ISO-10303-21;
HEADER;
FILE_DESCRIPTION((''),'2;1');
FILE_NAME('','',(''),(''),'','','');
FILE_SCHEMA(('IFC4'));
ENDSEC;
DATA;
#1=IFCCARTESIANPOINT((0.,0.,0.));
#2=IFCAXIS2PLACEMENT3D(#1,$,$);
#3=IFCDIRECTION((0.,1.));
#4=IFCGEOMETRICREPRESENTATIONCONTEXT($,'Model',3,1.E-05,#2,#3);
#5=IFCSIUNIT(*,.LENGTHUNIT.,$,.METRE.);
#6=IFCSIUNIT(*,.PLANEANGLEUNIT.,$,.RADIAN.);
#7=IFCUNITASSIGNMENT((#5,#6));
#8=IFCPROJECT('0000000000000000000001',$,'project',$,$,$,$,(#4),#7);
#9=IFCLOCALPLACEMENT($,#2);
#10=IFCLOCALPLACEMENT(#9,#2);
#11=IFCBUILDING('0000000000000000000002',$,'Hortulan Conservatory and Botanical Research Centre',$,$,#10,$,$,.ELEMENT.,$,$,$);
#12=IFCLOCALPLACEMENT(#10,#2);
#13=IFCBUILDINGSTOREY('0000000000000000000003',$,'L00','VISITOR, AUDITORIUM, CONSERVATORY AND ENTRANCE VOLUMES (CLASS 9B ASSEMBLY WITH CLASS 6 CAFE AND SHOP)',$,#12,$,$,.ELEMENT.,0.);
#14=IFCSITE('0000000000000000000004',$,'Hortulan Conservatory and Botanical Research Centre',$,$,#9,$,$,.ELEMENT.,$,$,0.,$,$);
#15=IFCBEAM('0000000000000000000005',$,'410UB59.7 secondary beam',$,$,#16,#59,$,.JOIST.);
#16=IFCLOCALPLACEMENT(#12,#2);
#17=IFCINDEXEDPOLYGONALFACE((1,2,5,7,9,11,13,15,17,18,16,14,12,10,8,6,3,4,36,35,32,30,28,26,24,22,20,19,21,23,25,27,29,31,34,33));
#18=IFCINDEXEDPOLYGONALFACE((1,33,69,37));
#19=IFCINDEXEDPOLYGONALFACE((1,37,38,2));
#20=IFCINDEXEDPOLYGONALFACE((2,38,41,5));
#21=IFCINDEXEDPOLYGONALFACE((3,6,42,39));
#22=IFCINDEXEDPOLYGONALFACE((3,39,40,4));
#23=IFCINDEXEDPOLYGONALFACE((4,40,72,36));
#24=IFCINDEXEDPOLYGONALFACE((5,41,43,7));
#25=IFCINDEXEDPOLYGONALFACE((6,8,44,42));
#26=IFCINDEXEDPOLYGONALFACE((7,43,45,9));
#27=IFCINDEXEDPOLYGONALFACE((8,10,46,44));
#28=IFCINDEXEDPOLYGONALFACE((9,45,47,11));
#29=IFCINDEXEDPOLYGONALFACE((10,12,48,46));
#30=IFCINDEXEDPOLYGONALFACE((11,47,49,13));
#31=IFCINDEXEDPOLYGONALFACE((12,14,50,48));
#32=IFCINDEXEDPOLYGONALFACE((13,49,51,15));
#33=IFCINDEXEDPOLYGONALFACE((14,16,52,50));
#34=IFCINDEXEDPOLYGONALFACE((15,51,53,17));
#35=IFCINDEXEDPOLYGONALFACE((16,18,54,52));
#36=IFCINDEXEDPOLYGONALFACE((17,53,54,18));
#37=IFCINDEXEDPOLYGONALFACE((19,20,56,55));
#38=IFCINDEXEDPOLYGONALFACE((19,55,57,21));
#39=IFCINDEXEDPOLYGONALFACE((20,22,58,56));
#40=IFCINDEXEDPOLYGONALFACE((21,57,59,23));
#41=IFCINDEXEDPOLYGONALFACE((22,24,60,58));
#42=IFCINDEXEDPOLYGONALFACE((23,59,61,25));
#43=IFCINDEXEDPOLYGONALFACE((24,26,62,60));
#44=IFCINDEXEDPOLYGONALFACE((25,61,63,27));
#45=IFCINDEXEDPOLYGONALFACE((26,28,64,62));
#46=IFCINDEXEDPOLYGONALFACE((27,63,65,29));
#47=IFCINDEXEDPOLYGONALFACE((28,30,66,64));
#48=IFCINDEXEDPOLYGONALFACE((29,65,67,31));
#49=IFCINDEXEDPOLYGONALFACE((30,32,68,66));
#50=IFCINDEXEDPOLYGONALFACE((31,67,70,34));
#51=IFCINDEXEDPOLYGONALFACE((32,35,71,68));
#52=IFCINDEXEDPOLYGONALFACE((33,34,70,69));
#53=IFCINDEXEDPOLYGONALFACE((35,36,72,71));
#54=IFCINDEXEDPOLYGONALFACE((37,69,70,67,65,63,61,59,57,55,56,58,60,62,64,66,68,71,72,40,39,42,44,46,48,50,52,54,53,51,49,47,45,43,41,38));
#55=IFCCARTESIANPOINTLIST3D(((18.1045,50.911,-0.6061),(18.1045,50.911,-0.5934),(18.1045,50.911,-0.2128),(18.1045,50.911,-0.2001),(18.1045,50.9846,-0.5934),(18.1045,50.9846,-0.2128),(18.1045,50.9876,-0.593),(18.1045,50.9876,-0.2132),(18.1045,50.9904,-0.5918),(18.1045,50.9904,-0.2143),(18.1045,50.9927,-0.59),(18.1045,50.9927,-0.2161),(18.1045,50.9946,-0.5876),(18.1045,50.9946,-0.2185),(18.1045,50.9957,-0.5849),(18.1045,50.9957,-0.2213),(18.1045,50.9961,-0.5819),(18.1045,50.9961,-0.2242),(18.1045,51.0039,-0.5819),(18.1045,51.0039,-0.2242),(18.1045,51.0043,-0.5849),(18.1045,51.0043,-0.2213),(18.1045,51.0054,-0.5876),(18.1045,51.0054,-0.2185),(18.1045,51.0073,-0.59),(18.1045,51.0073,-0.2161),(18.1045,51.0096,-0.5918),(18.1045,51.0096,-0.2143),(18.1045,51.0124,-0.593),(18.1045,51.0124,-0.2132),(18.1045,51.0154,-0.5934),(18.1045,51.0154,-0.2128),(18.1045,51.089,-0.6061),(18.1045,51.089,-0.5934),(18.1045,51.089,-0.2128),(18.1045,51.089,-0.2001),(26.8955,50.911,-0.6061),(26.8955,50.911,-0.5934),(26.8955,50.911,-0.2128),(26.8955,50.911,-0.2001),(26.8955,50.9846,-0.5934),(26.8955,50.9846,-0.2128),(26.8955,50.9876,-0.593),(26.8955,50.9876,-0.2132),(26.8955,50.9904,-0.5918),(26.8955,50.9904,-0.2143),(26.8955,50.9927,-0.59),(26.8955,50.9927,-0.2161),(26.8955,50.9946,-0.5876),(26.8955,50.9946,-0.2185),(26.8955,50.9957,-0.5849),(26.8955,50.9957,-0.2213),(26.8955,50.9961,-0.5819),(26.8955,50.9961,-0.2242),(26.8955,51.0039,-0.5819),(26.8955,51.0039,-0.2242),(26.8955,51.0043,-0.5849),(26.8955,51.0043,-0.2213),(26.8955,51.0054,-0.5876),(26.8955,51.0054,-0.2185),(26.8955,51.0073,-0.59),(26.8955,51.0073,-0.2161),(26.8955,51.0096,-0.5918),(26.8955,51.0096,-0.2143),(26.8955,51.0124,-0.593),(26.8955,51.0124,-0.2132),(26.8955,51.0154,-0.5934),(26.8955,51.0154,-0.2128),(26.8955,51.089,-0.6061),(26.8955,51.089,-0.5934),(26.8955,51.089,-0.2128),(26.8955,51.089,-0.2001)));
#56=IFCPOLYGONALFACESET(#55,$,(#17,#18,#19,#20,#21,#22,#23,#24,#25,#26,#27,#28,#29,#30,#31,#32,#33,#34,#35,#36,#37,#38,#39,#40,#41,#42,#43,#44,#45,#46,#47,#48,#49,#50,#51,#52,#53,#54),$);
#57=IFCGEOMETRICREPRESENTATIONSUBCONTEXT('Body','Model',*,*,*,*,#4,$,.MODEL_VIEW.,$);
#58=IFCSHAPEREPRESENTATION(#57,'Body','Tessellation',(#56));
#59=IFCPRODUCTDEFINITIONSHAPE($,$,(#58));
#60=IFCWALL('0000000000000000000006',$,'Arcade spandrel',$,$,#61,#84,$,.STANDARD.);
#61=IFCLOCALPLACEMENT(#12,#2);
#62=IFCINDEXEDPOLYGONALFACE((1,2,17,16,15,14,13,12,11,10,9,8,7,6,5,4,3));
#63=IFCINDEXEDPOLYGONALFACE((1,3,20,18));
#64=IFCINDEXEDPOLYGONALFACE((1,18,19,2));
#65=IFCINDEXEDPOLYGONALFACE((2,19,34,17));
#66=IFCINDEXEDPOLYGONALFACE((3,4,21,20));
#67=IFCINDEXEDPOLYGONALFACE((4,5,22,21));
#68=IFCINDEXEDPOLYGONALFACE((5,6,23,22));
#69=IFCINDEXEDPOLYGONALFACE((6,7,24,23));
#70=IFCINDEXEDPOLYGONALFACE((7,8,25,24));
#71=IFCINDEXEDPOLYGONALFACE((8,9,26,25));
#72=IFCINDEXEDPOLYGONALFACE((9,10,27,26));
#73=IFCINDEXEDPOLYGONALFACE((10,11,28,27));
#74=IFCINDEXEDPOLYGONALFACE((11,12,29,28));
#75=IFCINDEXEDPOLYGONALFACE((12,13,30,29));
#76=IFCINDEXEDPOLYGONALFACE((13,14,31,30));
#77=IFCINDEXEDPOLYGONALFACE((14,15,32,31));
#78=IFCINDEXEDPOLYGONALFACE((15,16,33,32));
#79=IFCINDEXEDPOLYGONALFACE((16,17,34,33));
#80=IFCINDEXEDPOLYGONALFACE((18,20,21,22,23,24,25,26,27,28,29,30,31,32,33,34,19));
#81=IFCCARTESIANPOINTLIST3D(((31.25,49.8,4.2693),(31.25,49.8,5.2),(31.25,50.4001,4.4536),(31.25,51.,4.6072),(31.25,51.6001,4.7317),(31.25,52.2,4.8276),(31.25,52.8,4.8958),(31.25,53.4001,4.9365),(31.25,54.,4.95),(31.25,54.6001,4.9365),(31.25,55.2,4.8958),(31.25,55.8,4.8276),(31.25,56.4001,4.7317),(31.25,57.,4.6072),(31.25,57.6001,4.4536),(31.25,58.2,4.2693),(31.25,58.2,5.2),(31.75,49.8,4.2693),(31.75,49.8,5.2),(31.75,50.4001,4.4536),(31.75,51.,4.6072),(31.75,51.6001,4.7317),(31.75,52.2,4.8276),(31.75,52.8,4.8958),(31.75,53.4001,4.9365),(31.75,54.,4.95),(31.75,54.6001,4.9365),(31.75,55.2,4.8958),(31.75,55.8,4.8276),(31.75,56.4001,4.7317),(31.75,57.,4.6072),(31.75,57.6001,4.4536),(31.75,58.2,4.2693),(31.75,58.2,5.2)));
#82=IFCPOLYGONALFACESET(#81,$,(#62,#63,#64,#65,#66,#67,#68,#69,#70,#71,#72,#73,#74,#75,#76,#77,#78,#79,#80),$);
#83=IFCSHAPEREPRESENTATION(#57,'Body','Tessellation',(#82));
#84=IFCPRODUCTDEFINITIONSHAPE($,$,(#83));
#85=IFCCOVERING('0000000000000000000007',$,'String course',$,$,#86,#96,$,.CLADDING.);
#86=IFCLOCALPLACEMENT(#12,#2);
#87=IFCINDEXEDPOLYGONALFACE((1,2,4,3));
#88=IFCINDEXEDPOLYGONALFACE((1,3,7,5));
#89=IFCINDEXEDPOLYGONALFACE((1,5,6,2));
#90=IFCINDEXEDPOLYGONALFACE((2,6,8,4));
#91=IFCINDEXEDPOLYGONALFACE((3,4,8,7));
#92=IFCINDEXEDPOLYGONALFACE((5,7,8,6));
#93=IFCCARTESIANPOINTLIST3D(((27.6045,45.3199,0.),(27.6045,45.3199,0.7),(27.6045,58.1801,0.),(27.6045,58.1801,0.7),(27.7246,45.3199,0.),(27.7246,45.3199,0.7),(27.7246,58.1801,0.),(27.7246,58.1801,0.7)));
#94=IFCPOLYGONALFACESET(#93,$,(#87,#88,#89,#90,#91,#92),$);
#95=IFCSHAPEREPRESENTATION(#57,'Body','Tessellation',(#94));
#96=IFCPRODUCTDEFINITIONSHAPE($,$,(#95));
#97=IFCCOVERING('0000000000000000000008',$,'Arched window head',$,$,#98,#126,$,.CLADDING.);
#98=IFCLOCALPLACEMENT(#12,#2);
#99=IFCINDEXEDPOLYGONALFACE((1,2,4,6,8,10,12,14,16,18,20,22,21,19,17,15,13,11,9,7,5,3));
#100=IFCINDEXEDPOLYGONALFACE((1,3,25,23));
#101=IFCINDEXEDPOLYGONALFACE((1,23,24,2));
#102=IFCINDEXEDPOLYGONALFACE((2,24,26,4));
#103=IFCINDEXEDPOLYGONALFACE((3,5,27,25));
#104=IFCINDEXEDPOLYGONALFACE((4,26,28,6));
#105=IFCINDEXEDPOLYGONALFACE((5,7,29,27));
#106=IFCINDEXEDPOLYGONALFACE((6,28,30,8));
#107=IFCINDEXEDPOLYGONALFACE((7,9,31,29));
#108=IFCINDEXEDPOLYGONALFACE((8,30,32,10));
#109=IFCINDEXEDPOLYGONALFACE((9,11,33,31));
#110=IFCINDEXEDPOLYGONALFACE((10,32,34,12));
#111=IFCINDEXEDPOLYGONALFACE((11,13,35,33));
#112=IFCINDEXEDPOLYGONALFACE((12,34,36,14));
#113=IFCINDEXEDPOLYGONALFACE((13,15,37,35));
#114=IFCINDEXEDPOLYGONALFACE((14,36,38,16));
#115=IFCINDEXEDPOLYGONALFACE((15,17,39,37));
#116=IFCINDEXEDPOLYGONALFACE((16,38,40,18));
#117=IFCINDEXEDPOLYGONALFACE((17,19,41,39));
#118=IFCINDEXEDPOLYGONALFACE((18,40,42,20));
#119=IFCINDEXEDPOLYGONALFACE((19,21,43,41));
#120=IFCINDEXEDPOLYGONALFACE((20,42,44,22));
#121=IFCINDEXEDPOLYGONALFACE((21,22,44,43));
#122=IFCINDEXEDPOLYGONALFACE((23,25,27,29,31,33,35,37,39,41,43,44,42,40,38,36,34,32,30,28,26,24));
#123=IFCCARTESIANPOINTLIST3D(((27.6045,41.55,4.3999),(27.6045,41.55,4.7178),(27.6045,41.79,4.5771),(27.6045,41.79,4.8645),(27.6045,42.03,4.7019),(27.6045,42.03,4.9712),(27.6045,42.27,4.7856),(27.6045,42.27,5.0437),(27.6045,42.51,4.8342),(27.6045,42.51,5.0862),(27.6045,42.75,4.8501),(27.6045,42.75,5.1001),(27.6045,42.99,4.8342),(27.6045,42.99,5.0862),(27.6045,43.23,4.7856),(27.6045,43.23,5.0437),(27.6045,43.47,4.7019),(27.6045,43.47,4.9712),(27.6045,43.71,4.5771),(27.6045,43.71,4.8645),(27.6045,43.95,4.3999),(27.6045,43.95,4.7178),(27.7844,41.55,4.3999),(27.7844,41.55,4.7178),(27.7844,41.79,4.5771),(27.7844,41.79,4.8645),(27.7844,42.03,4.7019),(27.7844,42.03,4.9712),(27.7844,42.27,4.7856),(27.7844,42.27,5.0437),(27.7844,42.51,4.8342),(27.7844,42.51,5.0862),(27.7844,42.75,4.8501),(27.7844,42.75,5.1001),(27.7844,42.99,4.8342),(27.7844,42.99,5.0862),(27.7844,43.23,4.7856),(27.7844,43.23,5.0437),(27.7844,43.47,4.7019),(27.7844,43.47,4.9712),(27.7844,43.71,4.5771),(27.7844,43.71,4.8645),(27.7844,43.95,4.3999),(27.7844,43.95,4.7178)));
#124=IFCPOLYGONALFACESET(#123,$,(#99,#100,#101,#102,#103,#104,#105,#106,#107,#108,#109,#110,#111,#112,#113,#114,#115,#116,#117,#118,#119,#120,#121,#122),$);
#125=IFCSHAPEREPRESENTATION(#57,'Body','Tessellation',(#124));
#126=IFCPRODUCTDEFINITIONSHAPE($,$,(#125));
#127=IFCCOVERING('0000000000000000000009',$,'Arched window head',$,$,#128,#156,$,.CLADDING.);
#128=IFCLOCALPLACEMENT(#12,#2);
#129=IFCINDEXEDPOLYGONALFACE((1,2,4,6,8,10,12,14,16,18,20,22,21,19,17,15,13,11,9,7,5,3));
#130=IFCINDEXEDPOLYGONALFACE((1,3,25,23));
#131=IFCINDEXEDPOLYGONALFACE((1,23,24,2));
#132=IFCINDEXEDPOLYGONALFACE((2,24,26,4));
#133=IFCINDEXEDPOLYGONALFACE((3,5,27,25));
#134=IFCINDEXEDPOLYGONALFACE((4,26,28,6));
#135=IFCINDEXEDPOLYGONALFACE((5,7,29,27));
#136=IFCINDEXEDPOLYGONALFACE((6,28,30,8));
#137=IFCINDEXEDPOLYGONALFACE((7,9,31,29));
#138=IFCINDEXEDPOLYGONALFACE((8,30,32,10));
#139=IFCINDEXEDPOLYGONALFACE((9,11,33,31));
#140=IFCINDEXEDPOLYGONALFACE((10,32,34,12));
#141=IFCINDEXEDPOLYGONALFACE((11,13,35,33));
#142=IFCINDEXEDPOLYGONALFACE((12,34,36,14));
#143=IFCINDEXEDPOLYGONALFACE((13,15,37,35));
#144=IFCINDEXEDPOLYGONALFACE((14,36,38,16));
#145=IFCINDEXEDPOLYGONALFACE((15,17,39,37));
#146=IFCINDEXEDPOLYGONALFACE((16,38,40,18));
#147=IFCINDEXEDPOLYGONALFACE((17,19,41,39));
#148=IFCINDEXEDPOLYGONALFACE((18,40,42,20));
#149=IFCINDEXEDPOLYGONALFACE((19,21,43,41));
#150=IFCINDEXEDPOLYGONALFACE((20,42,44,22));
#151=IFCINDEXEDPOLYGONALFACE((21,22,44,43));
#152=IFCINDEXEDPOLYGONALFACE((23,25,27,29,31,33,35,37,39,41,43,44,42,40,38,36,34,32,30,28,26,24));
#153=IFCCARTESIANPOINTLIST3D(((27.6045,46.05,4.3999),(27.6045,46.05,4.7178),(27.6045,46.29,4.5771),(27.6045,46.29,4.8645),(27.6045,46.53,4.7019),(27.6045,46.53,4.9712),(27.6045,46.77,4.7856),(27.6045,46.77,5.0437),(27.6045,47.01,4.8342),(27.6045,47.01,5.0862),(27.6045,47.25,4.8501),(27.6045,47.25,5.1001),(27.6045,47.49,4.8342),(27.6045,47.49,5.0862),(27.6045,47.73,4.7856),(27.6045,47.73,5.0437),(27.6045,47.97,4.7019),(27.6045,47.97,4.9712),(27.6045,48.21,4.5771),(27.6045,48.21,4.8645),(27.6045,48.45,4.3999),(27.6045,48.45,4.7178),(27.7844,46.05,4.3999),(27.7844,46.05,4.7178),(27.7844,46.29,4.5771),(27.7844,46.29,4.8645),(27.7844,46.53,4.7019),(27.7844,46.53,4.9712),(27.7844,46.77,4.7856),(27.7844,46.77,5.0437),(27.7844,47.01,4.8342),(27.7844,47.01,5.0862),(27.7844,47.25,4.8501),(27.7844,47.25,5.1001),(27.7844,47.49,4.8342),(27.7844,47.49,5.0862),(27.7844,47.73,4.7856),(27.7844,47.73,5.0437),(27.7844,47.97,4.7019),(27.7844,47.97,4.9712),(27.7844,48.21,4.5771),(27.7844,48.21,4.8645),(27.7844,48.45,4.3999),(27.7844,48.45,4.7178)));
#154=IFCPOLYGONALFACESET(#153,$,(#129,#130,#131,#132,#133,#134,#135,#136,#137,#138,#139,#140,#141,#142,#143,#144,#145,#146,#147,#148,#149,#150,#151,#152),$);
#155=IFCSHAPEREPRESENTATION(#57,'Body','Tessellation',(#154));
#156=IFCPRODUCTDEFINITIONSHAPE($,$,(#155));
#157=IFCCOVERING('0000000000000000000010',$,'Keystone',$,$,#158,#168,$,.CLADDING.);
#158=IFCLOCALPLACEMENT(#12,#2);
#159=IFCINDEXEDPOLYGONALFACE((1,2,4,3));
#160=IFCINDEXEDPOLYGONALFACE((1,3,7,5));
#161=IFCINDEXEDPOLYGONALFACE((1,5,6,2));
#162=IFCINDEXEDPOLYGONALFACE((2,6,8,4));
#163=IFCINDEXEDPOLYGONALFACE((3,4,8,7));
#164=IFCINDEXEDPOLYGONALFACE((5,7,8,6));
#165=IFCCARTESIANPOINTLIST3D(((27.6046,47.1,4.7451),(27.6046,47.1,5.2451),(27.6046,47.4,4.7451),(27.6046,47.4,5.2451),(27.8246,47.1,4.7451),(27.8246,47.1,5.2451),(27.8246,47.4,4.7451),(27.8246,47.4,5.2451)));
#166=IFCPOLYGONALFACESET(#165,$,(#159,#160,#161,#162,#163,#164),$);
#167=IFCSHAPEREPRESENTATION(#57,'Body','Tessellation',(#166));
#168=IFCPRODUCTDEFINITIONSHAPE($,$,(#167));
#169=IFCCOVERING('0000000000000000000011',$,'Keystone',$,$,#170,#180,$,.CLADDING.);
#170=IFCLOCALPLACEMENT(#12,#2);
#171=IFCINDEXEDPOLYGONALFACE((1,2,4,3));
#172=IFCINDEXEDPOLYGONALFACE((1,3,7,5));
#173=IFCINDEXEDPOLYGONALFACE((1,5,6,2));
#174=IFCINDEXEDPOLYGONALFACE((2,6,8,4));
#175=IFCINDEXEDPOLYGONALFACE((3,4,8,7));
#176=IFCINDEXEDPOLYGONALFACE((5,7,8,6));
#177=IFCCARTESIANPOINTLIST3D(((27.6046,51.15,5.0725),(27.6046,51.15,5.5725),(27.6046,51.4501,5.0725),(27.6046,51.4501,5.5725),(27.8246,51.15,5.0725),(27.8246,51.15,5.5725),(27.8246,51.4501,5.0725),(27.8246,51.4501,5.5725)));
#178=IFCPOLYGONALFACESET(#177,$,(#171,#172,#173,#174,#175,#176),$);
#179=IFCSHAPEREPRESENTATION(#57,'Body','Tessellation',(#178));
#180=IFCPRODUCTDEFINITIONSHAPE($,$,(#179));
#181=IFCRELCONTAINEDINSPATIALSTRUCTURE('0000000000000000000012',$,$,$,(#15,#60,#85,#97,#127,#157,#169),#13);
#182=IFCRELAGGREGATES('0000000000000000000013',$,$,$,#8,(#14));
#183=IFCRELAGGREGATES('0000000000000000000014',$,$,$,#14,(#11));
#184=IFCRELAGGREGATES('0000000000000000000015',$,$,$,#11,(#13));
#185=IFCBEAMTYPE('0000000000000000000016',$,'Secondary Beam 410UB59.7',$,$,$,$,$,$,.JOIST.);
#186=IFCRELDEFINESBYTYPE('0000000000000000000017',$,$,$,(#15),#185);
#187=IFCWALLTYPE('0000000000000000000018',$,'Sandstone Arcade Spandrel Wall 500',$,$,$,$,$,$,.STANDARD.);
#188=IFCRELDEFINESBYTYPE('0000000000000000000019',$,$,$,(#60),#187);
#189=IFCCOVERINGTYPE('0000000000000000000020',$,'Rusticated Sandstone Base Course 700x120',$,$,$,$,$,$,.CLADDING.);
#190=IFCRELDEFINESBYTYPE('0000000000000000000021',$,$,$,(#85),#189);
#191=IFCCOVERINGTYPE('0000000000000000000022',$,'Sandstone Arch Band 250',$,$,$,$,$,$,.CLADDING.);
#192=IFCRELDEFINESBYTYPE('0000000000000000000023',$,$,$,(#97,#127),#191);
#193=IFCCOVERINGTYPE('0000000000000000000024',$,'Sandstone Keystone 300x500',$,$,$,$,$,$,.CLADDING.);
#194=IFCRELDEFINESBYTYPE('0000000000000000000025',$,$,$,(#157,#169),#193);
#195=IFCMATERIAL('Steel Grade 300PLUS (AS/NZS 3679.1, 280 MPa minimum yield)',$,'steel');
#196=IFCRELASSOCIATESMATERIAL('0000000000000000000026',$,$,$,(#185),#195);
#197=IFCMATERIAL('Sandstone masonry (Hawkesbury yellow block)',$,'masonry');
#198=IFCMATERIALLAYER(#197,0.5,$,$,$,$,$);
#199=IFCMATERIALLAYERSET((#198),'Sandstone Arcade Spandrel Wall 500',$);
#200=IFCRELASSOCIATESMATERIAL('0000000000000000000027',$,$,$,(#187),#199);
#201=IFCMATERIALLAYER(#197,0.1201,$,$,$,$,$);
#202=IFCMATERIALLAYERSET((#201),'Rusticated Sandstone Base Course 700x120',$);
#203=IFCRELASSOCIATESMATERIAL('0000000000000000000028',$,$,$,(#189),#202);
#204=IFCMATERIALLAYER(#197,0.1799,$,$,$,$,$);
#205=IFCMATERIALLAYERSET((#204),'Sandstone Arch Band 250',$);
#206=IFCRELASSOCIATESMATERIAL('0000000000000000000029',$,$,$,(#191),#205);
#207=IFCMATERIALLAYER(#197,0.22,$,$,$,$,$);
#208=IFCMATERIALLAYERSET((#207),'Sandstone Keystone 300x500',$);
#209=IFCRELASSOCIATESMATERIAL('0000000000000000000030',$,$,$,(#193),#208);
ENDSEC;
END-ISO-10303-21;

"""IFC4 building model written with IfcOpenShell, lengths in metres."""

from ifc_helpers import new_model, si_unit, direction, frame, origin, origin_2d, place, context, subcontext, project, spatial, polyline, rectangle, i_section, outline, extrude, material, layer, layer_set, material_profile, profile_set, type_object, element, save


model = new_model("IFC4")

# Units and contexts
model_context = context("Model", 3, precision=1e-05, world=origin(), true_north=direction((0.0, 1.0)))
body_context = subcontext(model_context, "Body", "Model", "MODEL_VIEW")
ifc_project = project(units=[si_unit("LENGTHUNIT", "METRE"), si_unit("PLANEANGLEUNIT", "RADIAN")], contexts=[model_context])

# Site, building, storey
site_placement = place(None, origin())
site = spatial("IfcSite", under=ifc_project, at=site_placement, Name="Hortulan Conservatory and Botanical Research Centre", CompositionType="ELEMENT", RefElevation=0.0)
building_placement = place(site_placement, origin())
building = spatial("IfcBuilding", under=site, at=building_placement, Name="Hortulan Conservatory and Botanical Research Centre", CompositionType="ELEMENT")
storey_placement = place(building_placement, origin())
storey = spatial("IfcBuildingStorey", under=building, at=storey_placement, Name="L00", Description="VISITOR, AUDITORIUM, CONSERVATORY AND ENTRANCE VOLUMES (CLASS 9B ASSEMBLY WITH CLASS 6 CAFE AND SHOP)", CompositionType="ELEMENT", Elevation=0.0)

# Shared definitions
ifc_material_1 = material(Name="Steel Grade 300PLUS (AS/NZS 3679.1, 280 MPa minimum yield)", Category="steel")

# Beam
ifc_material_2 = material(Name="Sandstone masonry (Hawkesbury yellow block)", Category="masonry")
ifc_material_profile_1 = material_profile(ifc_material_1, i_section(OverallWidth=0.178, OverallDepth=0.406, WebThickness=0.0078, FlangeThickness=0.0127, FilletRadius=0.0115, at=origin_2d()), Name="410UB59.7")
ifc_profile_set_1 = profile_set([ifc_material_profile_1], Name="Steel Grade 300PLUS (AS/NZS 3679.1, 280 MPa minimum yield)")
beam_type_1 = type_object("IfcBeamType", Name="Secondary Beam 410UB59.7", PredefinedType="JOIST", material=ifc_profile_set_1)
for number, where, z_axis, x_axis, name in (
    (1, (18.1045, 51.0, -0.4031), (1.0, 0.0, 0.0), (0.0, 1.0, 0.0), "410UB59.7 secondary beam"),
):
    element("IfcBeam", number, at=place(storey_placement, frame(where, z_axis=z_axis, x_axis=x_axis)), inside=storey, type_object=beam_type_1, Name=name, PredefinedType="JOIST", context=body_context, shape_type="SweptSolid", body=[
        extrude(i_section(OverallWidth=0.178, OverallDepth=0.406, WebThickness=0.0078, FlangeThickness=0.0127, FilletRadius=0.0115, at=origin_2d()), origin(), (0.0, 0.0, 1.0), 8.791),
    ])

# Wall
ifc_layer_1 = layer(ifc_material_2, 0.5)
ifc_layer_set_1 = layer_set([ifc_layer_1], Name="Sandstone Arcade Spandrel Wall 500")
wall_type = type_object("IfcWallType", Name="Sandstone Arcade Spandrel Wall 500", PredefinedType="STANDARD", material=ifc_layer_set_1)
wall_placement = place(storey_placement, frame((31.5, 49.8, 4.2693), z_axis=(0.0, 0.0, 1.0), x_axis=(0.0, 1.0, 0.0)))
element("IfcWall", 2, at=wall_placement, inside=storey, type_object=wall_type, Name="Arcade spandrel", PredefinedType="STANDARD", context=body_context, shape_type="SweptSolid", body=[
    extrude(outline(polyline([(0.0, 0.0), (0.6001, 0.1843), (1.2, 0.3379), (1.8, 0.4624), (2.3999, 0.5583), (3.0, 0.6265), (3.6001, 0.6672), (4.2, 0.6807), (4.8, 0.6672), (5.3999, 0.6265), (6.0, 0.5583), (6.6001, 0.4624), (7.2, 0.3379), (7.8, 0.1843), (8.3999, 0.0), (8.3999, 0.9307), (0.0, 0.9307), (0.0, 0.0)])), frame((0.0, 0.25, 0.0), z_axis=(0.0, -1.0, 0.0), x_axis=(1.0, 0.0, 0.0)), (0.0, 0.0, 1.0), 0.5),
])

# Coverings
ifc_layer_2 = layer(ifc_material_2, 0.1201)
ifc_layer_set_2 = layer_set([ifc_layer_2], Name="Rusticated Sandstone Base Course 700x120")
covering_type_1 = type_object("IfcCoveringType", Name="Rusticated Sandstone Base Course 700x120", PredefinedType="CLADDING", material=ifc_layer_set_2)
covering_1_placement = place(storey_placement, frame((27.6646, 51.75, 0.0), z_axis=(0.0, 0.0, 1.0), x_axis=(0.0, -1.0, 0.0)))
element("IfcCovering", 3, at=covering_1_placement, inside=storey, type_object=covering_type_1, Name="String course", PredefinedType="CLADDING", context=body_context, shape_type="SweptSolid", body=[
    extrude(rectangle(XDim=12.8601, YDim=0.1201, at=origin_2d()), origin(), (0.0, 0.0, 1.0), 0.7),
])
ifc_layer_3 = layer(ifc_material_2, 0.1799)
ifc_layer_set_3 = layer_set([ifc_layer_3], Name="Sandstone Arch Band 250")
covering_type_2 = type_object("IfcCoveringType", Name="Sandstone Arch Band 250", PredefinedType="CLADDING", material=ifc_layer_set_3)
for number, where, z_axis, x_axis, name in (
    (4, (27.6946, 43.95, 4.3999), (0.0, 0.0, 1.0), (0.0, -1.0, 0.0), "Arched window head"),
    (5, (27.6946, 48.45, 4.3999), (0.0, 0.0, 1.0), (0.0, -1.0, 0.0), "Arched window head"),
):
    element("IfcCovering", number, at=place(storey_placement, frame(where, z_axis=z_axis, x_axis=x_axis)), inside=storey, type_object=covering_type_2, Name=name, PredefinedType="CLADDING", context=body_context, shape_type="SweptSolid", body=[
        extrude(outline(polyline([(0.0, 0.0), (0.24, 0.1772), (0.48, 0.302), (0.72, 0.3857), (0.96, 0.4343), (1.2, 0.4502), (1.4399, 0.4343), (1.6799, 0.3857), (1.9199, 0.302), (2.1599, 0.1772), (2.3999, 0.0), (2.3999, 0.3179), (2.1599, 0.4646), (1.9199, 0.5713), (1.6799, 0.6438), (1.4399, 0.6863), (1.2, 0.7002), (0.96, 0.6863), (0.72, 0.6438), (0.48, 0.5713), (0.24, 0.4646), (0.0, 0.3179), (0.0, 0.0)])), frame((0.0, 0.0898, 0.0), z_axis=(0.0, -1.0, 0.0), x_axis=(1.0, 0.0, 0.0)), (0.0, 0.0, 1.0), 0.1799),
    ])
ifc_layer_4 = layer(ifc_material_2, 0.22)
ifc_layer_set_4 = layer_set([ifc_layer_4], Name="Sandstone Keystone 300x500")
covering_type_3 = type_object("IfcCoveringType", Name="Sandstone Keystone 300x500", PredefinedType="CLADDING", material=ifc_layer_set_4)
for number, where, z_axis, x_axis, name in (
    (6, (27.7146, 47.25, 4.7451), (0.0, 0.0, 1.0), (0.0, -1.0, 0.0), "Keystone"),
    (7, (27.7146, 51.3, 5.0725), (0.0, 0.0, 1.0), (0.0, -1.0, 0.0), "Keystone"),
):
    element("IfcCovering", number, at=place(storey_placement, frame(where, z_axis=z_axis, x_axis=x_axis)), inside=storey, type_object=covering_type_3, Name=name, PredefinedType="CLADDING", context=body_context, shape_type="SweptSolid", body=[
        extrude(rectangle(XDim=0.3, YDim=0.22, at=origin_2d()), origin(), (0.0, 0.0, 1.0), 0.5),
    ])

save(model, "model.ifc")
